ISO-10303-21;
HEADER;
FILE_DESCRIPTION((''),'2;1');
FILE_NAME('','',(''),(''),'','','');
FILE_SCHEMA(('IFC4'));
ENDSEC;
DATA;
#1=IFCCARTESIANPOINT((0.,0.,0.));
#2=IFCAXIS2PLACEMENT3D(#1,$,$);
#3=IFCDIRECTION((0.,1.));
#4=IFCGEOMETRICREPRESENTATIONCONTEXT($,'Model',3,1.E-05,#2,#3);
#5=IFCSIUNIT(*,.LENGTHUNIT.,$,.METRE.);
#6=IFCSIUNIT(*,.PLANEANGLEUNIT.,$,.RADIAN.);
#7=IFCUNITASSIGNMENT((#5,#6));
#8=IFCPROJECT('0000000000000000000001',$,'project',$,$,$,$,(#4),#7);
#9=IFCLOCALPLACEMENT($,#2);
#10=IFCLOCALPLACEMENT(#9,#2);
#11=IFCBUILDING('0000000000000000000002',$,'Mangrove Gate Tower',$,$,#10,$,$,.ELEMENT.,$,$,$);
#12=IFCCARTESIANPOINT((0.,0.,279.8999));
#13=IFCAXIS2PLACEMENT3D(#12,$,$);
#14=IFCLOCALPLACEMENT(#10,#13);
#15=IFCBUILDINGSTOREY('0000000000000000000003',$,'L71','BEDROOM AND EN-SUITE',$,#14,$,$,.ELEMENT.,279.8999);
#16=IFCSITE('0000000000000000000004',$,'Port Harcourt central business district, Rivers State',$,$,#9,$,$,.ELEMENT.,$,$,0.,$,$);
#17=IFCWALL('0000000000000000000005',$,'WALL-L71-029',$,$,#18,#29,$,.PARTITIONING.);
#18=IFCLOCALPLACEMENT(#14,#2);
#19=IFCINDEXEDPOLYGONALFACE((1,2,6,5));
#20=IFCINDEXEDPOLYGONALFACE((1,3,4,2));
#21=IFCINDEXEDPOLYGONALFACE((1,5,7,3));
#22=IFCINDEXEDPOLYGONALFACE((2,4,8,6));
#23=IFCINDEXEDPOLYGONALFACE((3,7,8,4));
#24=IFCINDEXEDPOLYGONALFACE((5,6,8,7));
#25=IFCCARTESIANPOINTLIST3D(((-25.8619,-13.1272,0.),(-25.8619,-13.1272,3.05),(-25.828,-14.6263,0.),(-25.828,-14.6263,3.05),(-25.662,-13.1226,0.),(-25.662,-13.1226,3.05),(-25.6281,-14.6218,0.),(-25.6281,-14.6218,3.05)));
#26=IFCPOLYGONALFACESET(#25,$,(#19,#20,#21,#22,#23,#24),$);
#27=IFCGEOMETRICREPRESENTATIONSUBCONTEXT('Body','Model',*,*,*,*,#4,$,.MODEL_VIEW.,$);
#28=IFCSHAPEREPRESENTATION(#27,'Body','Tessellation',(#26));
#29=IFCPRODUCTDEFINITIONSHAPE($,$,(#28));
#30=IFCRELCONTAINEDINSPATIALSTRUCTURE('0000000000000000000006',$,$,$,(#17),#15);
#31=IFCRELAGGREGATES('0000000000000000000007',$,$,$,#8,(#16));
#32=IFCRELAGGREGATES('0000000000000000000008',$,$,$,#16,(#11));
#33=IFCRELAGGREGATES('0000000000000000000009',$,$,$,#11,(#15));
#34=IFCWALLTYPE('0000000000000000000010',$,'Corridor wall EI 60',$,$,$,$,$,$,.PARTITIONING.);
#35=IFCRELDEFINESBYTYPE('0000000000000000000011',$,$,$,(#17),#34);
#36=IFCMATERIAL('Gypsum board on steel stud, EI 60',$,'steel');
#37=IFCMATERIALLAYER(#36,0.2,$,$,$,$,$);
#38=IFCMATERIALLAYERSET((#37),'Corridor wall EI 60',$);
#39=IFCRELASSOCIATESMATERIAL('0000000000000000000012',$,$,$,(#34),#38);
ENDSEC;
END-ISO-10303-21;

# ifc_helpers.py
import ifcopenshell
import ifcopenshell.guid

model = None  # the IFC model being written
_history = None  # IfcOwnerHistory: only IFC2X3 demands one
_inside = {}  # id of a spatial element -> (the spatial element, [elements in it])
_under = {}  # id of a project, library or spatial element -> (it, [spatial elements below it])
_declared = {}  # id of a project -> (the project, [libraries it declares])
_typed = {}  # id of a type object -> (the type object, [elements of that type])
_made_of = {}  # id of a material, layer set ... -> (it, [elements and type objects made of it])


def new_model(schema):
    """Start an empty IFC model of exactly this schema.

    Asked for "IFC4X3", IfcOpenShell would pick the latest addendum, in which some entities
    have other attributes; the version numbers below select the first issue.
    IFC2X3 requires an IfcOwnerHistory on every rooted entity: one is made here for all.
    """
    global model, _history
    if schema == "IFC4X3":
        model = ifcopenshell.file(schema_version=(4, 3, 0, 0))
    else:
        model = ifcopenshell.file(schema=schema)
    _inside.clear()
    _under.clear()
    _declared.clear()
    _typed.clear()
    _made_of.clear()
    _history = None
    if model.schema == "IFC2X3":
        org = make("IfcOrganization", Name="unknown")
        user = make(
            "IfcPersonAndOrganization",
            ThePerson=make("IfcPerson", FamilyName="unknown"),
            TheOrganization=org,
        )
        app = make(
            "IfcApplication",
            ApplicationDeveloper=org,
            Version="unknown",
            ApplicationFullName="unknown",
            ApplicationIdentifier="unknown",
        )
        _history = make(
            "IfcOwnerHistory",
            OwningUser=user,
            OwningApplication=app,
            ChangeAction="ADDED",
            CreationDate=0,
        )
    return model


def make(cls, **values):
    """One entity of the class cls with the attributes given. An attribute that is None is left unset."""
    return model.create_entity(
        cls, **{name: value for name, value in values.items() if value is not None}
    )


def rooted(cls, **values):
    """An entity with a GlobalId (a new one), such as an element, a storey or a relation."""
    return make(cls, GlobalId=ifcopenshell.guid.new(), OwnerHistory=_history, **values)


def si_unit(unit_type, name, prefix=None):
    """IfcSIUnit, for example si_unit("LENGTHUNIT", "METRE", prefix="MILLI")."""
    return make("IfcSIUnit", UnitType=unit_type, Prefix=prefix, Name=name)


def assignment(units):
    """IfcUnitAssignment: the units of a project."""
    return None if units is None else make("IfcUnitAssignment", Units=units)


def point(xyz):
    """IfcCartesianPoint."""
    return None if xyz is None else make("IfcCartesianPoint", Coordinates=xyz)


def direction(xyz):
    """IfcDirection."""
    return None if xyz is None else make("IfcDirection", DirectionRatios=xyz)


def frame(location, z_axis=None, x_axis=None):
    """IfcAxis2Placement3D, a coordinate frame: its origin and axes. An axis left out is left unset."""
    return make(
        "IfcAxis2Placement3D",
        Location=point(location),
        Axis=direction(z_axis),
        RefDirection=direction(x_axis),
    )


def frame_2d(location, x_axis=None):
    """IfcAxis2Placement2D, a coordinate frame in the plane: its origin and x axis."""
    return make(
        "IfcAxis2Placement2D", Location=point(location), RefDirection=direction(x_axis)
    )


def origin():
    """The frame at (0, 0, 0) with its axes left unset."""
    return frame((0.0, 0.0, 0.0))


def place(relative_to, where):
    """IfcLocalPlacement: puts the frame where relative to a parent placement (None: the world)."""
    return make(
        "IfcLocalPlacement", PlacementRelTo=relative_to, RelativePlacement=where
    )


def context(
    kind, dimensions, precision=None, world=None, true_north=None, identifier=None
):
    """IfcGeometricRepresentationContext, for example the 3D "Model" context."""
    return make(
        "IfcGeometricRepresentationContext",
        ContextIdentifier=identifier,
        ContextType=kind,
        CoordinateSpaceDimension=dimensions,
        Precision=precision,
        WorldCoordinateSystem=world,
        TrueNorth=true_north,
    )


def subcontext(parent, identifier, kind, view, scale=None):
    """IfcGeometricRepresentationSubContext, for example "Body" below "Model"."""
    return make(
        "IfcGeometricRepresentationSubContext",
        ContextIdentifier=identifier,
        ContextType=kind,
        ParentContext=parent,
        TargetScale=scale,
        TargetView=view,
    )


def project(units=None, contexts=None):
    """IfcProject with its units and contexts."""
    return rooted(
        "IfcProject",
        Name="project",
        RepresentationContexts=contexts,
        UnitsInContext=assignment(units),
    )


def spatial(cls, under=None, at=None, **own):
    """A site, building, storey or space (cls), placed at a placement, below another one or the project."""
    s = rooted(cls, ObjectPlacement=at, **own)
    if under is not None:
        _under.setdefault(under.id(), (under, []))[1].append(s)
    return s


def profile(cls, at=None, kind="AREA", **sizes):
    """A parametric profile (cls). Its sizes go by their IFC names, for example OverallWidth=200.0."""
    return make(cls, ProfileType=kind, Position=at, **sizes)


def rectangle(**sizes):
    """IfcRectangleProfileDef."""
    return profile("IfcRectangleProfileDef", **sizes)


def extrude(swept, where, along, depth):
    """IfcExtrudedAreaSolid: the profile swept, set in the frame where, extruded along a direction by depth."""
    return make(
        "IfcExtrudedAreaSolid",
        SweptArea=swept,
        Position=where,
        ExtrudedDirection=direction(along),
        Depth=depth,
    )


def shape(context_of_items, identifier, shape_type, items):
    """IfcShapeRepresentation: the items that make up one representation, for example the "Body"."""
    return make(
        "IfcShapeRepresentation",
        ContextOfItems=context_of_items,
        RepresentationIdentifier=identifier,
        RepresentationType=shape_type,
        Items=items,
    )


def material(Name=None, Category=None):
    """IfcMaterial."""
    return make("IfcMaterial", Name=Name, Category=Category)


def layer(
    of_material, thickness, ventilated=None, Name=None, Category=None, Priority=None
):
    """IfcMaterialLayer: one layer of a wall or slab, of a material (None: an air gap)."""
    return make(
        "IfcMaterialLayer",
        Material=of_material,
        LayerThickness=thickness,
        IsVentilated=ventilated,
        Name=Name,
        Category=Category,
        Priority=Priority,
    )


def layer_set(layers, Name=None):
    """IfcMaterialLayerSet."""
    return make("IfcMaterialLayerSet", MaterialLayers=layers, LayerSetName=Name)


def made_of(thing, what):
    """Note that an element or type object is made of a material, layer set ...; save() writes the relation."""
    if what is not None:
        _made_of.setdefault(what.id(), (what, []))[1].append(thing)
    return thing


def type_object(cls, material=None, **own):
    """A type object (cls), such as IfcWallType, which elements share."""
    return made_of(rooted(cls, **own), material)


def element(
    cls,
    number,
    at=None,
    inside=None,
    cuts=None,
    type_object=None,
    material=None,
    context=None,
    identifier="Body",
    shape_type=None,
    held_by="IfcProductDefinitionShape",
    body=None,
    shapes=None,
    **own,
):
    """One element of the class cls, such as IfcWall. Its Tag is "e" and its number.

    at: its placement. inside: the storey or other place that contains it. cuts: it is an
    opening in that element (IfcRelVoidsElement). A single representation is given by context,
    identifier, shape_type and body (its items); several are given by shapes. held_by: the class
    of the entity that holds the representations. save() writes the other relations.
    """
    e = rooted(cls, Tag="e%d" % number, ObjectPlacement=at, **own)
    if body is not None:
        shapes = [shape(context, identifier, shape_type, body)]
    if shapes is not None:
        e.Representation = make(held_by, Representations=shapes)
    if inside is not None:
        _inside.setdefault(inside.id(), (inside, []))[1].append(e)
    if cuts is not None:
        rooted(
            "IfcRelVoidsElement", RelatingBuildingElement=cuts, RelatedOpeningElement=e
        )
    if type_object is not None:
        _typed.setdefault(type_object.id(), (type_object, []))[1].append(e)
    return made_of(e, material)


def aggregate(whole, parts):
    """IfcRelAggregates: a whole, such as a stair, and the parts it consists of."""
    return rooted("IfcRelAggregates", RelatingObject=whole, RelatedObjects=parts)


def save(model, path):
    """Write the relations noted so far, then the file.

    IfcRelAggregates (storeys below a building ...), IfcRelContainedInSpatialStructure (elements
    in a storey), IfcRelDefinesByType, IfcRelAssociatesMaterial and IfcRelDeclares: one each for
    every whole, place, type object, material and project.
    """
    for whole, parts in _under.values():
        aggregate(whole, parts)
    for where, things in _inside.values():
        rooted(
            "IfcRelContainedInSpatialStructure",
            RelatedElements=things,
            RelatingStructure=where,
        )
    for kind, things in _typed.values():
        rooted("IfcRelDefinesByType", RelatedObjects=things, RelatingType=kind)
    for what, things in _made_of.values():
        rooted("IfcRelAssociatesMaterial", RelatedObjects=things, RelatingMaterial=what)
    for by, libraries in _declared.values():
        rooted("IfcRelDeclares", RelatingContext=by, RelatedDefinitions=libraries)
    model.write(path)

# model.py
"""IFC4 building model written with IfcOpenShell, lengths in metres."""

from ifc_helpers import new_model, si_unit, direction, frame, frame_2d, origin, place, context, subcontext, project, spatial, rectangle, extrude, material, layer, layer_set, type_object, element, save


model = new_model("IFC4")

# Units and contexts
model_context = context("Model", 3, precision=1e-05, world=origin(), true_north=direction((0.0, 1.0)))
body_context = subcontext(model_context, "Body", "Model", "MODEL_VIEW")
ifc_project = project(units=[si_unit("LENGTHUNIT", "METRE"), si_unit("PLANEANGLEUNIT", "RADIAN")], contexts=[model_context])

# Site, building, storey
site_placement = place(None, origin())
site = spatial("IfcSite", under=ifc_project, at=site_placement, Name="Port Harcourt central business district, Rivers State", CompositionType="ELEMENT", RefElevation=0.0)
building_placement = place(site_placement, origin())
building = spatial("IfcBuilding", under=site, at=building_placement, Name="Mangrove Gate Tower", CompositionType="ELEMENT")
storey_placement = place(building_placement, frame((0.0, 0.0, 279.8999)))
storey = spatial("IfcBuildingStorey", under=building, at=storey_placement, Name="L71", Description="BEDROOM AND EN-SUITE", CompositionType="ELEMENT", Elevation=279.8999)

# Shared definitions
ifc_material_1 = material(Name="Gypsum board on steel stud, EI 60", Category="steel")
ifc_layer = layer(ifc_material_1, 0.2)
ifc_layer_set = layer_set([ifc_layer], Name="Corridor wall EI 60")
wall_type = type_object("IfcWallType", Name="Corridor wall EI 60", PredefinedType="PARTITIONING", material=ifc_layer_set)

# Wall
wall_1_placement = place(storey_placement, frame((-25.728, -14.624, 0.0), z_axis=(0.0, 0.0, 1.0), x_axis=(-0.022633, 0.999744, 0.0)))
element("IfcWall", 1, at=wall_1_placement, inside=storey, type_object=wall_type, Name="WALL-L71-029", PredefinedType="PARTITIONING", context=body_context, shape_type="SweptSolid", body=[
    extrude(rectangle(XDim=1.4995, YDim=0.2, at=frame_2d((0.7498, 0.0))), origin(), (0.0, 0.0, 1.0), 3.05),
])

save(model, "model.ifc")
